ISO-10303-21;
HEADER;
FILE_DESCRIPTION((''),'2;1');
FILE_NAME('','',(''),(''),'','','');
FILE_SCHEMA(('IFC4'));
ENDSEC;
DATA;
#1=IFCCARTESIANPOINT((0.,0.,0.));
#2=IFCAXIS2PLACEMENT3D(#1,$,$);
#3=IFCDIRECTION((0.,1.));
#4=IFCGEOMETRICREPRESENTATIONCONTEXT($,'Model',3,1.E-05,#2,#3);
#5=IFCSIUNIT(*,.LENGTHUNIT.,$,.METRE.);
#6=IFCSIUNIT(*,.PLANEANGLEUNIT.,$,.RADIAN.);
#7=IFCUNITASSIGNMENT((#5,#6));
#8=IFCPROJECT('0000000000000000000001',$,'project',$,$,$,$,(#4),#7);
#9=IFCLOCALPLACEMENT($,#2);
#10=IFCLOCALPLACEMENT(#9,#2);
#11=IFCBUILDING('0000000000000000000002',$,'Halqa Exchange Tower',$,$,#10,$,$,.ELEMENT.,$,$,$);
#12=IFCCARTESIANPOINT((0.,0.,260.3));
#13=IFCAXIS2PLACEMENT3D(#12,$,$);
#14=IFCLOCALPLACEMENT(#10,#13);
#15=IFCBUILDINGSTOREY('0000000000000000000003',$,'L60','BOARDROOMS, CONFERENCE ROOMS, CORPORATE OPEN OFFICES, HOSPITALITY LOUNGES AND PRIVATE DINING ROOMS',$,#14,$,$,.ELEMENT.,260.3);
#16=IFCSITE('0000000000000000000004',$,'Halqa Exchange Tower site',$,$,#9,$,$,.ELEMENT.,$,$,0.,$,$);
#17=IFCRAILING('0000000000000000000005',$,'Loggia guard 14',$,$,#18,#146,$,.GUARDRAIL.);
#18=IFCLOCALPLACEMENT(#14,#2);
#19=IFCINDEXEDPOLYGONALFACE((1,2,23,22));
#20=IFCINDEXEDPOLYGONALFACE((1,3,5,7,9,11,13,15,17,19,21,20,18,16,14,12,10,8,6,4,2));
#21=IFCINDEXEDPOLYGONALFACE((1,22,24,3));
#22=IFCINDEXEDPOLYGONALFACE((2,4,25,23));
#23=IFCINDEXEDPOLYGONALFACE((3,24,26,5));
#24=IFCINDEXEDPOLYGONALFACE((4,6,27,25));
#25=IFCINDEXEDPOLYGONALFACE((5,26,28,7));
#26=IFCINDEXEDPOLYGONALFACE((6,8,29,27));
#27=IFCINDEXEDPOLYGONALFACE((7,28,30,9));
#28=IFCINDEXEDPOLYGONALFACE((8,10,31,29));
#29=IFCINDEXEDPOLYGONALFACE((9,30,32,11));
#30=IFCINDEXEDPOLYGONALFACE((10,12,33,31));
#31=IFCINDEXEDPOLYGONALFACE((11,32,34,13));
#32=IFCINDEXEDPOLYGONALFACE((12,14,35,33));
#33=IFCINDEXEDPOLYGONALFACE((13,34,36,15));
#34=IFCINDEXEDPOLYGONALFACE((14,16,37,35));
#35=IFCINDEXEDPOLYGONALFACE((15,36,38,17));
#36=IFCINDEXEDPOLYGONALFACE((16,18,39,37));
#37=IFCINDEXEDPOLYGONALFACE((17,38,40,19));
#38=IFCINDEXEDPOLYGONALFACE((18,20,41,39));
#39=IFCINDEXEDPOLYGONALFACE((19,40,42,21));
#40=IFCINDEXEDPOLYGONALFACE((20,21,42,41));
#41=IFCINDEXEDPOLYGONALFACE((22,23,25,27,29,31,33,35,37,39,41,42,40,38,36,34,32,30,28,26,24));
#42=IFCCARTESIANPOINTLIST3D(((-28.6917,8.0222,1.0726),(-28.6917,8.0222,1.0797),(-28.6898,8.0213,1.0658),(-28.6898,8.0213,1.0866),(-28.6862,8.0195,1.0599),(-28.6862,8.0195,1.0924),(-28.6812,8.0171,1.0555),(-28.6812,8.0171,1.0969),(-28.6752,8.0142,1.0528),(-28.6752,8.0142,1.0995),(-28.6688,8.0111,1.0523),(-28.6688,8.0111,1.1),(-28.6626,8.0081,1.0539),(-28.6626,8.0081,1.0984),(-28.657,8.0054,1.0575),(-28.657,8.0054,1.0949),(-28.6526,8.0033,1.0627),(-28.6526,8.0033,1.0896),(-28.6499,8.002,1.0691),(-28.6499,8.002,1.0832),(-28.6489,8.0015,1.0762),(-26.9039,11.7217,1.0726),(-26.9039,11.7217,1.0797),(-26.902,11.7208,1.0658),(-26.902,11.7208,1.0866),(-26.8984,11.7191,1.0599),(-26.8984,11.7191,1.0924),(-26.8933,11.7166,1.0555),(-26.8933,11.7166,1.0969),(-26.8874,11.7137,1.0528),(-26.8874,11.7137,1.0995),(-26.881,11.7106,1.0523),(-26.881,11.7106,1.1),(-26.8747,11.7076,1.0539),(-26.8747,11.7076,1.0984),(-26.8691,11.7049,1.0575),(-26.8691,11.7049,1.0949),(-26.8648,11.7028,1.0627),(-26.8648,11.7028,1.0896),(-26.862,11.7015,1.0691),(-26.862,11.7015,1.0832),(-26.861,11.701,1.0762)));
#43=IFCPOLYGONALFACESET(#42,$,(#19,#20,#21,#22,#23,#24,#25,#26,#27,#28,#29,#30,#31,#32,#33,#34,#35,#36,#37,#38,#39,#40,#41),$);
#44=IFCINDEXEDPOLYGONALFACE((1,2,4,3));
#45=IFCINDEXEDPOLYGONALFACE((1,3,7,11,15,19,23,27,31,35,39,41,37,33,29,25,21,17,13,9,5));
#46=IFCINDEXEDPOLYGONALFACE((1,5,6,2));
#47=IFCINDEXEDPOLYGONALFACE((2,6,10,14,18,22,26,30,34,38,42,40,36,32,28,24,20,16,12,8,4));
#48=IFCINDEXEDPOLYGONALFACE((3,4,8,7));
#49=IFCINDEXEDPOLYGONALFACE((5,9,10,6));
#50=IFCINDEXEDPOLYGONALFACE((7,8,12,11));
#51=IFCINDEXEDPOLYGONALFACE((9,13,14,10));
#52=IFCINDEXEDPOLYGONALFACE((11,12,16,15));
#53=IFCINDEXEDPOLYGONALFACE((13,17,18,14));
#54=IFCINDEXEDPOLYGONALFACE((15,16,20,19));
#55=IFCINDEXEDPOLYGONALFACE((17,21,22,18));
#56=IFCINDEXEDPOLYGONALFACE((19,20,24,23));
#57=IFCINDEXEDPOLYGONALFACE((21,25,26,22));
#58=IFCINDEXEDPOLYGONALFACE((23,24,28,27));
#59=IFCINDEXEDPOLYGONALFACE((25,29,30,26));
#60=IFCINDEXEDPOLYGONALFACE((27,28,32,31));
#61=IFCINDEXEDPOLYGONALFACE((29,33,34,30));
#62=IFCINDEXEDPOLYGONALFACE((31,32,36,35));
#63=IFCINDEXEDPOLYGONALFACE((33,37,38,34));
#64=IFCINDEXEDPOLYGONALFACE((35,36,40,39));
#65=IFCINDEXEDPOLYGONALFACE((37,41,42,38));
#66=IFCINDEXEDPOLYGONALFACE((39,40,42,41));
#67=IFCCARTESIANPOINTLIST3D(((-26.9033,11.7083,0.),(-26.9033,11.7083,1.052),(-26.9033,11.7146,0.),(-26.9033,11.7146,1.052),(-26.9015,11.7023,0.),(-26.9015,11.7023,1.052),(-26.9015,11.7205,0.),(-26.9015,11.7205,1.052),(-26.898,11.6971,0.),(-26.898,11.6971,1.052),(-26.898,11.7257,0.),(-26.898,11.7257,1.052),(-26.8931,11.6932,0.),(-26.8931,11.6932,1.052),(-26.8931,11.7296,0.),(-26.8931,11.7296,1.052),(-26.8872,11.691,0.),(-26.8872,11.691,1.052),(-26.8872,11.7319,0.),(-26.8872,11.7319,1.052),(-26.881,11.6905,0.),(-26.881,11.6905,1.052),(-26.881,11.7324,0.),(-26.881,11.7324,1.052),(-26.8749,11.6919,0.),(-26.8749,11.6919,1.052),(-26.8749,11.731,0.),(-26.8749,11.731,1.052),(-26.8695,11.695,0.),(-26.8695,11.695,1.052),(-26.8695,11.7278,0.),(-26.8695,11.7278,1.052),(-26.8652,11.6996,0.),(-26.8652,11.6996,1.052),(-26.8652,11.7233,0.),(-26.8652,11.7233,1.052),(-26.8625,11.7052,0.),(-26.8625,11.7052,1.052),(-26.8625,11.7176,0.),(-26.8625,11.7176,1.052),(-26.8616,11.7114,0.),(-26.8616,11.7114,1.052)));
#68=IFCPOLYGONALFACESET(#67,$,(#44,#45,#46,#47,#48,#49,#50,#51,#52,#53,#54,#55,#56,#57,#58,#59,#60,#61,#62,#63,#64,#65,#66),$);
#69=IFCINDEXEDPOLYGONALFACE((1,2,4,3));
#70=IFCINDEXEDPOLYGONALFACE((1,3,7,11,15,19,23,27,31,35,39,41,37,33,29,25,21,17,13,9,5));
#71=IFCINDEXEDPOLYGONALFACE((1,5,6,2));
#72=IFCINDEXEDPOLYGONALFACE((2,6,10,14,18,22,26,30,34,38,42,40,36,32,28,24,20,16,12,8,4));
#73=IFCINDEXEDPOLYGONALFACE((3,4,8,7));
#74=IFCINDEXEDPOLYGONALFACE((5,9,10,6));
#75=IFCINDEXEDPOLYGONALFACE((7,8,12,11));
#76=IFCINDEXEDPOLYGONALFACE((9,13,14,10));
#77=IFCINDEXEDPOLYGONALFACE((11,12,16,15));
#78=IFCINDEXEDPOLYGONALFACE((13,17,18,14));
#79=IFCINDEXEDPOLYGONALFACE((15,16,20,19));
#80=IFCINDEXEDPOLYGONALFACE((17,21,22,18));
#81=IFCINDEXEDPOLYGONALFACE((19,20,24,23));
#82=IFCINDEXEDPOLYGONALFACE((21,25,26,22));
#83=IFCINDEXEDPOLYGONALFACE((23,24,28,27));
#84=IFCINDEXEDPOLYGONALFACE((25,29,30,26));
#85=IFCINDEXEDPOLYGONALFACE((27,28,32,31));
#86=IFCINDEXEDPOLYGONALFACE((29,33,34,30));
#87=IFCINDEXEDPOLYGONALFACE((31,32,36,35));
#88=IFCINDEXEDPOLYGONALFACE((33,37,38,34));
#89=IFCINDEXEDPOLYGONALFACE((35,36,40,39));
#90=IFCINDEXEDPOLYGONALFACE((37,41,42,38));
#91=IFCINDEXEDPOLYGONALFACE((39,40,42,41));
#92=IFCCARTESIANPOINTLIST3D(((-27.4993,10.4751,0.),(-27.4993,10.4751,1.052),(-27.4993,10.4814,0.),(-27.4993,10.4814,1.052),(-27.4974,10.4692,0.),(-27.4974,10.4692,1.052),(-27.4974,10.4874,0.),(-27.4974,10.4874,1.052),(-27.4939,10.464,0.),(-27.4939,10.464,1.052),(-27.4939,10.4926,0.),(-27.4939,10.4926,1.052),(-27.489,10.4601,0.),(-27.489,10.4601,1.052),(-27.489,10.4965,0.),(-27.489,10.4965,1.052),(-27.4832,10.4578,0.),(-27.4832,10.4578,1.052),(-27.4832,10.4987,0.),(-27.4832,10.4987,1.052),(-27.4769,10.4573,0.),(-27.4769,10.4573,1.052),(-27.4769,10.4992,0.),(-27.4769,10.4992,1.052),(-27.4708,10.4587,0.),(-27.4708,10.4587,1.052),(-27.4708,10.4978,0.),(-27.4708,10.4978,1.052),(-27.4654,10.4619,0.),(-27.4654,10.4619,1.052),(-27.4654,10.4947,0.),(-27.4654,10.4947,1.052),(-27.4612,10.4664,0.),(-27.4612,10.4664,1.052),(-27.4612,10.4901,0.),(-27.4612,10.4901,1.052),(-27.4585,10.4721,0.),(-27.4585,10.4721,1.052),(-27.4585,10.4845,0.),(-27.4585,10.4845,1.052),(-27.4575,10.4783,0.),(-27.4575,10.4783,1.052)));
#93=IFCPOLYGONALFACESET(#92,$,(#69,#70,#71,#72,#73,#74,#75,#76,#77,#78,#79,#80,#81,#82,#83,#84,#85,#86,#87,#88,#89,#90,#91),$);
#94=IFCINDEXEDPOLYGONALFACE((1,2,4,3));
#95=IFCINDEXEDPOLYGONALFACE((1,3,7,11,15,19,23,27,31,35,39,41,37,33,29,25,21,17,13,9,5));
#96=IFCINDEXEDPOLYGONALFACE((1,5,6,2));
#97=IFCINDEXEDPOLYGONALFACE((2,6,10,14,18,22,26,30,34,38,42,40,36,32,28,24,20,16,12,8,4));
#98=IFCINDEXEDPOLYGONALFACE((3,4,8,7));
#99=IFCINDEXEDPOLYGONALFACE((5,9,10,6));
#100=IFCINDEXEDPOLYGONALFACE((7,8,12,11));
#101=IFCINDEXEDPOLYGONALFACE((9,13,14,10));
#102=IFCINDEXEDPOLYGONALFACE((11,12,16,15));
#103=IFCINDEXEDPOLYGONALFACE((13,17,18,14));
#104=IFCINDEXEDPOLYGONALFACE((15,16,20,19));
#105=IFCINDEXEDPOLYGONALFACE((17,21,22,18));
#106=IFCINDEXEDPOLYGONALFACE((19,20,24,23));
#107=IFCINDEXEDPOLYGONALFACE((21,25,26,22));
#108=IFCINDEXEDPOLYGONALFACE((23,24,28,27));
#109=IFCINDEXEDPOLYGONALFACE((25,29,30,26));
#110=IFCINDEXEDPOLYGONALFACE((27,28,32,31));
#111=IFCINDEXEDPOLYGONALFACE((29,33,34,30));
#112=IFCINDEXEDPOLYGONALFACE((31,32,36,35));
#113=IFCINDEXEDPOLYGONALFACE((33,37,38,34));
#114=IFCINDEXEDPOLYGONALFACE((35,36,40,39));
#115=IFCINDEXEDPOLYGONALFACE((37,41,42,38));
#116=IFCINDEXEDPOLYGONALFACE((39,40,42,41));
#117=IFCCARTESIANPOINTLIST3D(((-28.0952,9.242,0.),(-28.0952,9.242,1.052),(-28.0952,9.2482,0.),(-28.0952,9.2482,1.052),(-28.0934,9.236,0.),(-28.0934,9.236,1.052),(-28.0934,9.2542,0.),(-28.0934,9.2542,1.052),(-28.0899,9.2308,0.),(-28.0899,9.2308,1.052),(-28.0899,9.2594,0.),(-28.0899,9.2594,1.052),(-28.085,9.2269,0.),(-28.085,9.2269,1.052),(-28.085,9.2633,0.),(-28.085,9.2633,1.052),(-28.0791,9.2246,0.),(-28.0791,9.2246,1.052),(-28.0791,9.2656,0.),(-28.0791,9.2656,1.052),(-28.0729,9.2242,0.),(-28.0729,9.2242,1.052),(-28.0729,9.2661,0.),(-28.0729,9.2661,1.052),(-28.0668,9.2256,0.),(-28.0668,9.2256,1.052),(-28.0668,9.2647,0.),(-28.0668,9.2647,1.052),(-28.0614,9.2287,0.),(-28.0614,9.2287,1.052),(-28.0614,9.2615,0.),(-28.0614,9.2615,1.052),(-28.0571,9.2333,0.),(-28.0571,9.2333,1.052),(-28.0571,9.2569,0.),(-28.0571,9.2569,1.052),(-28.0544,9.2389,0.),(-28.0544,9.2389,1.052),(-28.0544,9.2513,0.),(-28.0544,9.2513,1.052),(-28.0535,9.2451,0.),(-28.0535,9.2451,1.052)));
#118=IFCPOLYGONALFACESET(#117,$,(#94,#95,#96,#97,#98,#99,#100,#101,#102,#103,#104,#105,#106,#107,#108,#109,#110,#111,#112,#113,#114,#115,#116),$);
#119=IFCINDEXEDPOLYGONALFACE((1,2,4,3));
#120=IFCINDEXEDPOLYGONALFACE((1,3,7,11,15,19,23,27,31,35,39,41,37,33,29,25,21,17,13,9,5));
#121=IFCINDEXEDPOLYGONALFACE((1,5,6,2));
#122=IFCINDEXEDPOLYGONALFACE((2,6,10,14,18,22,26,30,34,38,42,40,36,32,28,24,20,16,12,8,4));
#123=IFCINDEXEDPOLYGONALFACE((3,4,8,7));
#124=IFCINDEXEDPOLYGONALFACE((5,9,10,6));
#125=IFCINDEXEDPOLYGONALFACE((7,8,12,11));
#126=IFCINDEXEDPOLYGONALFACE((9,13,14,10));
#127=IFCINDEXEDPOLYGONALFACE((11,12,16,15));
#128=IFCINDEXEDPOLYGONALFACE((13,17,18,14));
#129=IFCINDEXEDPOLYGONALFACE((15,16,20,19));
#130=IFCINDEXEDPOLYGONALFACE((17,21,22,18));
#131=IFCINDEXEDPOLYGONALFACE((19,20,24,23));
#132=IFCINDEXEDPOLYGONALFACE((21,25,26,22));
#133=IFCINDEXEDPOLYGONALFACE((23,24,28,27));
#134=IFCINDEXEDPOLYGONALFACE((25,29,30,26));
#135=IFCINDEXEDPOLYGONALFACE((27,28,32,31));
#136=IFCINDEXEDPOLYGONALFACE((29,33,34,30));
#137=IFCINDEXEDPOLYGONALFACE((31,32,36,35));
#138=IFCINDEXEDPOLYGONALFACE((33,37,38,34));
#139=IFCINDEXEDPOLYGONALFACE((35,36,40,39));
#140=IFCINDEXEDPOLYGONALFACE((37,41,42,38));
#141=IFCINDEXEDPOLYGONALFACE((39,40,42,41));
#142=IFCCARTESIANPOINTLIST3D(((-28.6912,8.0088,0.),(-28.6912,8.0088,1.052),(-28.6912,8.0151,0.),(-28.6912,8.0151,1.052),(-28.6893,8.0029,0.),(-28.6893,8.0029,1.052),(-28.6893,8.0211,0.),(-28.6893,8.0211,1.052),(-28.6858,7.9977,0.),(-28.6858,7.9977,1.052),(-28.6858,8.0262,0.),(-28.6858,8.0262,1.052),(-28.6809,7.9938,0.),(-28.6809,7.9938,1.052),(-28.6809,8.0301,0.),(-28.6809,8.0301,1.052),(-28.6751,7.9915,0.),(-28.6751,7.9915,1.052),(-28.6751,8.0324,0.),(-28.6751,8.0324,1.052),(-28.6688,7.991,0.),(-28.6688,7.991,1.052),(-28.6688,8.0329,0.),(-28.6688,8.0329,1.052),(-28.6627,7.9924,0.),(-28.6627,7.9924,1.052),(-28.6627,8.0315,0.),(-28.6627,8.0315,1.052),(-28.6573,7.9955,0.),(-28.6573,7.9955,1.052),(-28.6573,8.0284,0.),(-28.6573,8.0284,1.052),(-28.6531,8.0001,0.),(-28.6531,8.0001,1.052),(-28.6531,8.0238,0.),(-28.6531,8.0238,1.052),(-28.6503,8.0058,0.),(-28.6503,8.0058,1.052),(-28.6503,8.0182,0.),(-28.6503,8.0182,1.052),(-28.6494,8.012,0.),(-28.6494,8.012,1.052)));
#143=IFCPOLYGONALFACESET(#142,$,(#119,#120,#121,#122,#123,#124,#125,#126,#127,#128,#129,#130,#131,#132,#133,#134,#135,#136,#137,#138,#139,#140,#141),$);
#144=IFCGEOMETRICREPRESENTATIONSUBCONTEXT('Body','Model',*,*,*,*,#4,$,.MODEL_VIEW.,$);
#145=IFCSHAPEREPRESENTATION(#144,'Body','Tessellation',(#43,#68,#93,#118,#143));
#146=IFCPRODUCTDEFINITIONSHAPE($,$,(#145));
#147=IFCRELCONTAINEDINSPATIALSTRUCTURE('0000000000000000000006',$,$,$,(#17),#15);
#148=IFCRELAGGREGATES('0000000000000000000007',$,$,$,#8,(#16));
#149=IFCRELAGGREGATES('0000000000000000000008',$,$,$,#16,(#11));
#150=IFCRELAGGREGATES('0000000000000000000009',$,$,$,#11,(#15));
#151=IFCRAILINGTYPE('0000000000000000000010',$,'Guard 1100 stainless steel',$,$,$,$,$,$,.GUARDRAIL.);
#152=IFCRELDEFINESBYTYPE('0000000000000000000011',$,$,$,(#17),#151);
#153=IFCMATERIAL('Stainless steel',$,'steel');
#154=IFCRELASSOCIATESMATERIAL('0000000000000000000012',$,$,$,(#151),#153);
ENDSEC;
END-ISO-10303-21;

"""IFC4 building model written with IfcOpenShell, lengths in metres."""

from ifc_helpers import new_model, si_unit, direction, frame, origin, origin_2d, place, context, subcontext, project, spatial, circle, extrude, material, type_object, element, save


model = new_model("IFC4")

# Units and contexts
model_context = context("Model", 3, precision=1e-05, world=origin(), true_north=direction((0.0, 1.0)))
body_context = subcontext(model_context, "Body", "Model", "MODEL_VIEW")
ifc_project = project(units=[si_unit("LENGTHUNIT", "METRE"), si_unit("PLANEANGLEUNIT", "RADIAN")], contexts=[model_context])

# Site, building, storey
site_placement = place(None, origin())
site = spatial("IfcSite", under=ifc_project, at=site_placement, Name="Halqa Exchange Tower site", CompositionType="ELEMENT", RefElevation=0.0)
building_placement = place(site_placement, origin())
building = spatial("IfcBuilding", under=site, at=building_placement, Name="Halqa Exchange Tower", CompositionType="ELEMENT")
storey_placement = place(building_placement, frame((0.0, 0.0, 260.3)))
storey = spatial("IfcBuildingStorey", under=building, at=storey_placement, Name="L60", Description="BOARDROOMS, CONFERENCE ROOMS, CORPORATE OPEN OFFICES, HOSPITALITY LOUNGES AND PRIVATE DINING ROOMS", CompositionType="ELEMENT", Elevation=260.3)

# Railing
ifc_material_1 = material(Name="Stainless steel", Category="steel")
railing_type = type_object("IfcRailingType", Name="Guard 1100 stainless steel", PredefinedType="GUARDRAIL", material=ifc_material_1)
railing_1_placement = place(storey_placement, frame((-26.8826, 11.7114, 0.0)))
element("IfcRailing", 1, at=railing_1_placement, inside=storey, type_object=railing_type, Name="Loggia guard 14", PredefinedType="GUARDRAIL", context=body_context, shape_type="SweptSolid", body=[
    extrude(circle(Radius=0.0239, at=origin_2d()), frame((0.0, 0.0, 1.0762), z_axis=(-0.435123, -0.900371, 0.0), x_axis=(0.900371, -0.435123, 0.0)), (0.0, 0.0, 1.0), 4.1089),
    extrude(circle(Radius=0.021, at=origin_2d()), origin(), (0.0, 0.0, 1.0), 1.052),
    extrude(circle(Radius=0.021, at=origin_2d()), frame((-0.5959, -1.2332, 0.0)), (0.0, 0.0, 1.0), 1.052),
    extrude(circle(Radius=0.021, at=origin_2d()), frame((-1.1919, -2.4663, 0.0)), (0.0, 0.0, 1.0), 1.052),
    extrude(circle(Radius=0.021, at=origin_2d()), frame((-1.7878, -3.6995, 0.0)), (0.0, 0.0, 1.0), 1.052),
])

save(model, "model.ifc")
